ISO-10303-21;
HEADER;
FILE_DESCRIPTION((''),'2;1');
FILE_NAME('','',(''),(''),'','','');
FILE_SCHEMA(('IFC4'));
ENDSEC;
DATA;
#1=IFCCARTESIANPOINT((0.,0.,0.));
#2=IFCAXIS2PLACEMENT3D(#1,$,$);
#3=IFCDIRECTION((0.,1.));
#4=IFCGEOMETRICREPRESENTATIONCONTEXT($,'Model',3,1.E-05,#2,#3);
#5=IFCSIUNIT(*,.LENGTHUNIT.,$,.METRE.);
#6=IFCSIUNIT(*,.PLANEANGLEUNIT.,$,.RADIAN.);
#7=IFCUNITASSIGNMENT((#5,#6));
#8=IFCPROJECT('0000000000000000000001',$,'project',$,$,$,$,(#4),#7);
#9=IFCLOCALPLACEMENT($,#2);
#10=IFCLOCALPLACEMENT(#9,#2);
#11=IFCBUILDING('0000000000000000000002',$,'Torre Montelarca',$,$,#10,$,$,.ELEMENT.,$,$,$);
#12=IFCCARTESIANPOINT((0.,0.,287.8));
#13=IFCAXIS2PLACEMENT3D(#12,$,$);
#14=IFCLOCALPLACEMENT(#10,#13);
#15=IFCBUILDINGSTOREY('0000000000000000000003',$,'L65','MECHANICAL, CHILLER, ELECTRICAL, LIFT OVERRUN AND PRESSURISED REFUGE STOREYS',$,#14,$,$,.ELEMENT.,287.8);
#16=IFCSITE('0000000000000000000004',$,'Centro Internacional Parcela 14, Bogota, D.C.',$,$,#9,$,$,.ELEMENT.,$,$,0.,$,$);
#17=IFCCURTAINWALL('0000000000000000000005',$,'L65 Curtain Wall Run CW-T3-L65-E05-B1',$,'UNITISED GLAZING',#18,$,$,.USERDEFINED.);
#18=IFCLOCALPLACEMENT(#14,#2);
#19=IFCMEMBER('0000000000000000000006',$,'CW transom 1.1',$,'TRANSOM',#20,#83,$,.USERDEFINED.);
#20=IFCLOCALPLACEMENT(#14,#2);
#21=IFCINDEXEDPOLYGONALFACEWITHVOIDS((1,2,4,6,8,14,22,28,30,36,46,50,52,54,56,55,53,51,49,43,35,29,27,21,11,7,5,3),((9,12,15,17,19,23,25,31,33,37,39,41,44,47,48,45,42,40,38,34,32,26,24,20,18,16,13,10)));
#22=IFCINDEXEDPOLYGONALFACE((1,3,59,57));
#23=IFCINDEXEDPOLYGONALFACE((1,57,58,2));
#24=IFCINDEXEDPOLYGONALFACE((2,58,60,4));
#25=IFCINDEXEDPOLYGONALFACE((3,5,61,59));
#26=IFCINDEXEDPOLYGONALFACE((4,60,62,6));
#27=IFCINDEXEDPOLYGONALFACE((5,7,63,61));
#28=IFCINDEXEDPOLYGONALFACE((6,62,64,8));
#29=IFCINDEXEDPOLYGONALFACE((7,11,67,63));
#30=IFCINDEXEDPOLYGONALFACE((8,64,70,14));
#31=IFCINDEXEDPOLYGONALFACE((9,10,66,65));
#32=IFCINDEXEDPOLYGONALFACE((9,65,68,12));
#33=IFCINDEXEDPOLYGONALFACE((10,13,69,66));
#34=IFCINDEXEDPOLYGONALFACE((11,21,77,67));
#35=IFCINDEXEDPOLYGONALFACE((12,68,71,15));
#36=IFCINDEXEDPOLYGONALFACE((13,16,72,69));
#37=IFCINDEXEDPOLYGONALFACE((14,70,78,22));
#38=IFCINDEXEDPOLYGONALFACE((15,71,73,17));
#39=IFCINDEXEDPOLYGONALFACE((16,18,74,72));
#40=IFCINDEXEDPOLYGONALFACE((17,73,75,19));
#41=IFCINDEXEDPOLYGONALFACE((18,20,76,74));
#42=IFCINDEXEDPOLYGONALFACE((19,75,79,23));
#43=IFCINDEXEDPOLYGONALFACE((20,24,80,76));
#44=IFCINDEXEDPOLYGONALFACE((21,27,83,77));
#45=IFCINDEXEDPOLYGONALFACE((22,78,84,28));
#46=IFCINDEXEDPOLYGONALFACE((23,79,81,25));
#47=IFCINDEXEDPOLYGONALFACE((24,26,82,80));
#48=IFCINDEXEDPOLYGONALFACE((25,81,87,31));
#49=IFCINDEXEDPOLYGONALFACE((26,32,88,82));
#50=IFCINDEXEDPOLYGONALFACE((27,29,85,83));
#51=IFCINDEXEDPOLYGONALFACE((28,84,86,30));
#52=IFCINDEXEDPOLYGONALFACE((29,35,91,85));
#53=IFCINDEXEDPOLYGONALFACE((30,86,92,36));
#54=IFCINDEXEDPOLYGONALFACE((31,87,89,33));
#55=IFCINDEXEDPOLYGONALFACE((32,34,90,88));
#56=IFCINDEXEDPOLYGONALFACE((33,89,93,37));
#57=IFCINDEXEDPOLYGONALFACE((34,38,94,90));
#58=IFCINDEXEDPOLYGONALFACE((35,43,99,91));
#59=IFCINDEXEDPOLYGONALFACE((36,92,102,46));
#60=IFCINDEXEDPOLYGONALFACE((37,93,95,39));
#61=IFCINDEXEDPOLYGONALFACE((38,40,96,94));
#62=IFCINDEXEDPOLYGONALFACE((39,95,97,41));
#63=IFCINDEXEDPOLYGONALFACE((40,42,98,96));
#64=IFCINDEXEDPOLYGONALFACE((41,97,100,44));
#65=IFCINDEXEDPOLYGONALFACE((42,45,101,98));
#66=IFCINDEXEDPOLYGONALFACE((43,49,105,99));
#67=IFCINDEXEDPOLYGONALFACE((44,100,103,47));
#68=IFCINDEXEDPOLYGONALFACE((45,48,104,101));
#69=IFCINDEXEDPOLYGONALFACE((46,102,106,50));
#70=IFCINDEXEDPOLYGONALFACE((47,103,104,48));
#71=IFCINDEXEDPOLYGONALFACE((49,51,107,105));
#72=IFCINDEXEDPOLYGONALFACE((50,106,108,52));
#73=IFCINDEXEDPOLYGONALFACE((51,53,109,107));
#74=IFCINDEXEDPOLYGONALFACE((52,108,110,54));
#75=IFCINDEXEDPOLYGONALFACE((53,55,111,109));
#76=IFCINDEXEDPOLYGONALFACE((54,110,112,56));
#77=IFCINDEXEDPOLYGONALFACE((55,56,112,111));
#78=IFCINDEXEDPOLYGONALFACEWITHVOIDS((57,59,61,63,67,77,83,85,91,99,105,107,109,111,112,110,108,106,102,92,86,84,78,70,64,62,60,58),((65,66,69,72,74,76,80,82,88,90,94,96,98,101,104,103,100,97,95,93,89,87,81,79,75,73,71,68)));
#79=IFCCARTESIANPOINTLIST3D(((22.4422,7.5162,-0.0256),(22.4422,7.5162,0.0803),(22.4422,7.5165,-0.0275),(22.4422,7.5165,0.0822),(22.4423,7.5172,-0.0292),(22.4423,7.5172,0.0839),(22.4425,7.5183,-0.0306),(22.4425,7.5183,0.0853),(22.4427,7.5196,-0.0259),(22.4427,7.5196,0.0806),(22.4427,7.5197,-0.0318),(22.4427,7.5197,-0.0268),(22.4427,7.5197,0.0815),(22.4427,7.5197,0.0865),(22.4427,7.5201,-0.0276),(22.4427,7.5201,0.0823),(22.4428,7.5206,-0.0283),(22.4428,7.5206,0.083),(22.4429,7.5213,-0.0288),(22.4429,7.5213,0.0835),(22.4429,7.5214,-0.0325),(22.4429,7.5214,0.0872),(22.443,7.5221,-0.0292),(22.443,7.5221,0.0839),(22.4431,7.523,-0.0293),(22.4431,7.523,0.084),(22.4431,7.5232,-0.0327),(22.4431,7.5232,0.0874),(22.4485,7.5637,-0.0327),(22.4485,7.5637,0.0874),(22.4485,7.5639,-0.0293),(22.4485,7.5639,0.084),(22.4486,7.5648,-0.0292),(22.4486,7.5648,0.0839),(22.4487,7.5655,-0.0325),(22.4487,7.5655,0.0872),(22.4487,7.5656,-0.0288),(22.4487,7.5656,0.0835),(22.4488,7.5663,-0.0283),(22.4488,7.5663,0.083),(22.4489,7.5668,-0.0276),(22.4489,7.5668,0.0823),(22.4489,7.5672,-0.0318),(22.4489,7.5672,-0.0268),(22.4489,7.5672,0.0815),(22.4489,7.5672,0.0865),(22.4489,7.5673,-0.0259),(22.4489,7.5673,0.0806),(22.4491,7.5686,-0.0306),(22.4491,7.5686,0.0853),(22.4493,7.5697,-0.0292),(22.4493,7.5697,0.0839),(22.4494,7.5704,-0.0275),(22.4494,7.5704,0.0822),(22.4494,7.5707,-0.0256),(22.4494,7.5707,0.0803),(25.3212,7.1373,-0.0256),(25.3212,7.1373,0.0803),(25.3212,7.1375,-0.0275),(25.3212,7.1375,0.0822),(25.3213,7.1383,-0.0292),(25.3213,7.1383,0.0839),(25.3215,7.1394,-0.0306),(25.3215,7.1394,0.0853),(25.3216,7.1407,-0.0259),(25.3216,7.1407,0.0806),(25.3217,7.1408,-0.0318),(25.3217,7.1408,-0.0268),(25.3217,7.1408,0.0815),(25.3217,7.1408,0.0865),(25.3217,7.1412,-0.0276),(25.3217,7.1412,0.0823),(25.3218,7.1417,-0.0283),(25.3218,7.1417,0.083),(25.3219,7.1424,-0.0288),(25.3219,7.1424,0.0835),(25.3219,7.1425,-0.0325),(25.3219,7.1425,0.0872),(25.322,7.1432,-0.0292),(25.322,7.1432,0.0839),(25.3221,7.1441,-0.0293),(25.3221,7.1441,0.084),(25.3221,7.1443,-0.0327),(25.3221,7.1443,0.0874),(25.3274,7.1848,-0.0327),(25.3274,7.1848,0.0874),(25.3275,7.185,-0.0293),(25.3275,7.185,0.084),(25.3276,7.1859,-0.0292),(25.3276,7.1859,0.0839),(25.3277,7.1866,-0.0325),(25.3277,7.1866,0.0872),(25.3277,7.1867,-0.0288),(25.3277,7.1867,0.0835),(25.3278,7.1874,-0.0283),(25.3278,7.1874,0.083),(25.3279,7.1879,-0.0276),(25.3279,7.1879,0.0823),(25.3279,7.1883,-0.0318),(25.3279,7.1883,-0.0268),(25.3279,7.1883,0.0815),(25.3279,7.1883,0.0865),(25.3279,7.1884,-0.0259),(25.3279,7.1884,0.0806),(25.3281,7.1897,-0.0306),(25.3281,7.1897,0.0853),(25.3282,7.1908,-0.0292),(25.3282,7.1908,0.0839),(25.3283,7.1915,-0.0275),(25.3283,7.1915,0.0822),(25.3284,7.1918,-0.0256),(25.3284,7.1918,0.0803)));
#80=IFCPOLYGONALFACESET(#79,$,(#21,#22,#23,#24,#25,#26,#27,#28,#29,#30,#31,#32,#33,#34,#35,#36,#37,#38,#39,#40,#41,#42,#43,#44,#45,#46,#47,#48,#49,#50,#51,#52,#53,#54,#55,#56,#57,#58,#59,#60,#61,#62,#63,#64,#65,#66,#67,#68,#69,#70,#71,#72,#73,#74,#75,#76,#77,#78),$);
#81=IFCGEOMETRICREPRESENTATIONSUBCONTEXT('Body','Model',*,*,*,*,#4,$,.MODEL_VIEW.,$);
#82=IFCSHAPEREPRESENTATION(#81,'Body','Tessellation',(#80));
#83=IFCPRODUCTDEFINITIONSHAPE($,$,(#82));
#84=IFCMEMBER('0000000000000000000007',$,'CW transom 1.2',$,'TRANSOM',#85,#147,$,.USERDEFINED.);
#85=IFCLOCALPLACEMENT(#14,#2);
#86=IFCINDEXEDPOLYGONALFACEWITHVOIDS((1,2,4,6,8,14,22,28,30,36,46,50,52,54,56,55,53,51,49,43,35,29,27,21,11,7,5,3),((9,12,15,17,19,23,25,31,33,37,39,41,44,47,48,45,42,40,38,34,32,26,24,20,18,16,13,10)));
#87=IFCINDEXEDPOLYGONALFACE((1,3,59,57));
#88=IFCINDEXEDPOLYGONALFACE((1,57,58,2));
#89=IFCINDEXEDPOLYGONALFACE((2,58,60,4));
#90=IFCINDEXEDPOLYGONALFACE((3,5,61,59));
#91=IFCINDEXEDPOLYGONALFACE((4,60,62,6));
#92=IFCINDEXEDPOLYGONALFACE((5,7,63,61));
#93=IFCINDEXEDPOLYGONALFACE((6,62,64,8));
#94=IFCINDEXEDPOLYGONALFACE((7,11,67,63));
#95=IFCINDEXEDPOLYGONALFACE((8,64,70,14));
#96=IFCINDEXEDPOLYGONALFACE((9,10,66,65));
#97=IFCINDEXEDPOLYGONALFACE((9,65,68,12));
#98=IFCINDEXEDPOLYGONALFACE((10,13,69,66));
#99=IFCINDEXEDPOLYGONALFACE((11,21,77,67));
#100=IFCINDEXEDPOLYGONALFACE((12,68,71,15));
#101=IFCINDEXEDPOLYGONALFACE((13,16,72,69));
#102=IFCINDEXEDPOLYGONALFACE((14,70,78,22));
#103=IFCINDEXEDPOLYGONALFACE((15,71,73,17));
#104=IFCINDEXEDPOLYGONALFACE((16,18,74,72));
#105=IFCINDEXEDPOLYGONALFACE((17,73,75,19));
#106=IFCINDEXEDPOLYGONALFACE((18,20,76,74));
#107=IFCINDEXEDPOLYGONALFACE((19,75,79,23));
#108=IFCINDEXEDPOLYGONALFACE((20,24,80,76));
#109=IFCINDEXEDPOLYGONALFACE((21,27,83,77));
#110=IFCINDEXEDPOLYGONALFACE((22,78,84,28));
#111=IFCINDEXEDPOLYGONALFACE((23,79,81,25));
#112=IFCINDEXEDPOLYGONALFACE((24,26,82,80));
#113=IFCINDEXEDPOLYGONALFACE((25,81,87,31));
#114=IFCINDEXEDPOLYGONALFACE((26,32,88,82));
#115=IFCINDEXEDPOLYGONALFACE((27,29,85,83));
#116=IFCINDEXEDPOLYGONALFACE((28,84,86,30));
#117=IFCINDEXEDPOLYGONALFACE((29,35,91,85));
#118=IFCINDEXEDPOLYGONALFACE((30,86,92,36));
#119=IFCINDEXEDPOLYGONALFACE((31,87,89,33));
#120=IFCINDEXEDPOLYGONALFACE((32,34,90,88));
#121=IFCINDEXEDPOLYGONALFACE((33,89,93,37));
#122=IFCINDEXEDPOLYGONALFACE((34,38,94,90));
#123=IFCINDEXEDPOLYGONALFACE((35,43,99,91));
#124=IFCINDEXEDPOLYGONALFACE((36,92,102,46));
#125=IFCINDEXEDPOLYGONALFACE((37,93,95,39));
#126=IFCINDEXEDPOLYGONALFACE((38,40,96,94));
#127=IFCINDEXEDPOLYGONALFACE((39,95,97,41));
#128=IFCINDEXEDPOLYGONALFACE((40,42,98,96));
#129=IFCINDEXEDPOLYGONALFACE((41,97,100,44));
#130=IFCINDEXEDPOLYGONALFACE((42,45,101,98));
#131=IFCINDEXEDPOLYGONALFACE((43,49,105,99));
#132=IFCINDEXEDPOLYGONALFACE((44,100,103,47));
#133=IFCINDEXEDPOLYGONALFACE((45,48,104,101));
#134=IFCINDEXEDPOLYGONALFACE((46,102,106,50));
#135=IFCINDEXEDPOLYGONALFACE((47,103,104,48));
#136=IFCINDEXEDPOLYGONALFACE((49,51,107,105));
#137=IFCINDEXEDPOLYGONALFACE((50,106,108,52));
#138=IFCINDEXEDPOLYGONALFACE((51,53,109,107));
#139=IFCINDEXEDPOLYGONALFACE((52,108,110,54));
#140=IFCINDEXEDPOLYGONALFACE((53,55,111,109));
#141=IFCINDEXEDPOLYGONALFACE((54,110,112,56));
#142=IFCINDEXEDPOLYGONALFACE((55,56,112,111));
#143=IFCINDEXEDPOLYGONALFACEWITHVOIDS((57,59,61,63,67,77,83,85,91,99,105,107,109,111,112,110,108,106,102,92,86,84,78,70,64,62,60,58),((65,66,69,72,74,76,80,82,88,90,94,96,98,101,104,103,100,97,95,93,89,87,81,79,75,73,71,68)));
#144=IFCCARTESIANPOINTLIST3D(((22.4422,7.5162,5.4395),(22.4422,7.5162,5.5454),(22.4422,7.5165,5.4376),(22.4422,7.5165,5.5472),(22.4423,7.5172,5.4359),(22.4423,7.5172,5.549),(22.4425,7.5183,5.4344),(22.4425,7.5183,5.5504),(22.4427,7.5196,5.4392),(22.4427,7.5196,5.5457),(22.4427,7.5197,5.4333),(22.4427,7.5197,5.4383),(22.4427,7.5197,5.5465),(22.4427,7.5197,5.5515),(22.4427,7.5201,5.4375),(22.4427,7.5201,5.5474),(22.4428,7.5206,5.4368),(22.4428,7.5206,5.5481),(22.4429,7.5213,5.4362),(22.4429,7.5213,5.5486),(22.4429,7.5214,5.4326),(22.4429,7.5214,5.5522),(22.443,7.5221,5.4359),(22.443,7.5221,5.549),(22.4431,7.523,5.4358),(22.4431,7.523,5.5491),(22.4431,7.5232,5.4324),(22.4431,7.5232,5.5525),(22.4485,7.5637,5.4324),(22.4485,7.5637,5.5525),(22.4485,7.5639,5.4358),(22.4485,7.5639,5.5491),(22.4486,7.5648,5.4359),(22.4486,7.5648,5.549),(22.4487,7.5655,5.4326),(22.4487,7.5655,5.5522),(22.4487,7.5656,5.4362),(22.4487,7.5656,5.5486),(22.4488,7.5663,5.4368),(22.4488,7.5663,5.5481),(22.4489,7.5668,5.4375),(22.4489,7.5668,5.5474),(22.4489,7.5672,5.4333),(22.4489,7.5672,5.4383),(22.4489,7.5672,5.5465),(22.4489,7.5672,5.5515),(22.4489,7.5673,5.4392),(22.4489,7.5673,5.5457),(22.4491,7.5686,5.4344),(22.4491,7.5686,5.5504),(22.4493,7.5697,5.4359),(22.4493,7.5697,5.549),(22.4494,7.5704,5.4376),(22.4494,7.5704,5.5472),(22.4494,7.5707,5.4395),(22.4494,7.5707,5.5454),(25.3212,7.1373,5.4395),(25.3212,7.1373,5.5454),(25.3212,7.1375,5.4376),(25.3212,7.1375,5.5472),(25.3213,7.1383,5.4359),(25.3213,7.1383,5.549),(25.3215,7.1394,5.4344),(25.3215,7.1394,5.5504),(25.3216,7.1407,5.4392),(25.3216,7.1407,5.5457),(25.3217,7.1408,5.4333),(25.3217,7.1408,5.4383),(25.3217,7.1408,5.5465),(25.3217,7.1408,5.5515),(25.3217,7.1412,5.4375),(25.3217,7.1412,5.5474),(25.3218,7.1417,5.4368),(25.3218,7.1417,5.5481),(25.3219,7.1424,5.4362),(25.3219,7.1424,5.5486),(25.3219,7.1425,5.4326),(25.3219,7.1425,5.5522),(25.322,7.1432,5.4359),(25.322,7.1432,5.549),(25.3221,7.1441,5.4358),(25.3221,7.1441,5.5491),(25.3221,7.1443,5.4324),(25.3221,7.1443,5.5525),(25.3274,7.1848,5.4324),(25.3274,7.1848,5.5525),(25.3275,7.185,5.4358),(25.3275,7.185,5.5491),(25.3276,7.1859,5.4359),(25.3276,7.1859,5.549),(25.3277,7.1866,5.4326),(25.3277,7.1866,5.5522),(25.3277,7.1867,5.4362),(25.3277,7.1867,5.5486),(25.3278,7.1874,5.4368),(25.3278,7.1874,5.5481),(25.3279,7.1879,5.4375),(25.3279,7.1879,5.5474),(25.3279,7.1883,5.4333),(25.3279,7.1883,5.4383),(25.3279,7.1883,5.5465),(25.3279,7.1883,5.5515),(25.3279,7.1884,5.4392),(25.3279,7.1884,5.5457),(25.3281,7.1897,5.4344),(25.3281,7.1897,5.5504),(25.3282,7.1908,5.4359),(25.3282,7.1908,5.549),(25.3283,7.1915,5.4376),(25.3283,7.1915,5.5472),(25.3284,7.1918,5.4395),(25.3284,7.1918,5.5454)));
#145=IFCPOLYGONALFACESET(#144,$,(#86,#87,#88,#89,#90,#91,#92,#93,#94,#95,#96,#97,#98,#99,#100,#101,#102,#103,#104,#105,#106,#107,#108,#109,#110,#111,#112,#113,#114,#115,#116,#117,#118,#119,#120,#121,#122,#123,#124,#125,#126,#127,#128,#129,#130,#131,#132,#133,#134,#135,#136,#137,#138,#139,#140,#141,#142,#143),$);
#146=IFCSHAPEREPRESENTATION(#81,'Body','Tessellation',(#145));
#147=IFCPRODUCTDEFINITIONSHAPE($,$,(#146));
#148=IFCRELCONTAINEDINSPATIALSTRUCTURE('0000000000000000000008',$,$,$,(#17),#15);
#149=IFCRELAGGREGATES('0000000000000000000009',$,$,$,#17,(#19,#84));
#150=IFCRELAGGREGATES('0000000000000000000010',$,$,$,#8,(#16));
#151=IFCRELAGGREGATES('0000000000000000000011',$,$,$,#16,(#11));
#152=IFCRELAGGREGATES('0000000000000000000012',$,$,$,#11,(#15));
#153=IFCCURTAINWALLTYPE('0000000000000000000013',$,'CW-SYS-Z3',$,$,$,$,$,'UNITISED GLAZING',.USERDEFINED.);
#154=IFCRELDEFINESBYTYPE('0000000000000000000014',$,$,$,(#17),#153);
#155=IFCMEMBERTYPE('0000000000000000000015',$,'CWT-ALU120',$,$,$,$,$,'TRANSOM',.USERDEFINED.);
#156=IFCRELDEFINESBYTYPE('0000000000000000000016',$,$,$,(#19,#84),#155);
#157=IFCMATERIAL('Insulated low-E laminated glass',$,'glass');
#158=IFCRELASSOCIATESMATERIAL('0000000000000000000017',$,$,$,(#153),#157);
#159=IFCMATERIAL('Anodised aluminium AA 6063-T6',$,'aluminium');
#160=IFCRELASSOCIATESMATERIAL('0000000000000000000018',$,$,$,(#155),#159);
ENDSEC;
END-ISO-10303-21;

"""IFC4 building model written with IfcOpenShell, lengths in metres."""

from ifc_helpers import new_model, si_unit, direction, frame, origin, origin_2d, place, context, subcontext, project, spatial, hollow_rectangle, extrude, source, transform, mapped, material, material_profile, profile_set, type_object, element, aggregate, save


model = new_model("IFC4")

# Units and contexts
model_context = context("Model", 3, precision=1e-05, world=origin(), true_north=direction((0.0, 1.0)))
body_context = subcontext(model_context, "Body", "Model", "MODEL_VIEW")
ifc_project = project(units=[si_unit("LENGTHUNIT", "METRE"), si_unit("PLANEANGLEUNIT", "RADIAN")], contexts=[model_context])

# Site, building, storey
site_placement = place(None, origin())
site = spatial("IfcSite", under=ifc_project, at=site_placement, Name="Centro Internacional Parcela 14, Bogota, D.C.", CompositionType="ELEMENT", RefElevation=0.0)
building_placement = place(site_placement, origin())
building = spatial("IfcBuilding", under=site, at=building_placement, Name="Torre Montelarca", CompositionType="ELEMENT")
storey_placement = place(building_placement, frame((0.0, 0.0, 287.8)))
storey = spatial("IfcBuildingStorey", under=building, at=storey_placement, Name="L65", Description="MECHANICAL, CHILLER, ELECTRICAL, LIFT OVERRUN AND PRESSURISED REFUGE STOREYS", CompositionType="ELEMENT", Elevation=287.8)

# Shared definitions
ifc_material_1 = material(Name="Insulated low-E laminated glass", Category="glass")
curtain_wall_type = type_object("IfcCurtainWallType", Name="CW-SYS-Z3", ElementType="UNITISED GLAZING", PredefinedType="USERDEFINED", material=ifc_material_1)
ifc_material_2 = material(Name="Anodised aluminium AA 6063-T6", Category="aluminium")
ifc_material_profile_1 = material_profile(ifc_material_2, hollow_rectangle(XDim=0.0549, YDim=0.1201, WallThickness=0.0034, InnerFilletRadius=0.0034, OuterFilletRadius=0.0071, at=origin_2d()), Name="ALU55X120X3.5", Category="aluminium")
ifc_profile_set_1 = profile_set([ifc_material_profile_1], Name="Anodised aluminium AA 6063-T6")
member_type_1 = type_object("IfcMemberType", Name="CWT-ALU120", ElementType="TRANSOM", PredefinedType="USERDEFINED", material=ifc_profile_set_1)

# Curtain wall, members
curtain_wall_1_placement = place(storey_placement, origin())
curtain_wall_1 = element("IfcCurtainWall", 1, at=curtain_wall_1_placement, inside=storey, type_object=curtain_wall_type, Name="L65 Curtain Wall Run CW-T3-L65-E05-B1", ObjectType="UNITISED GLAZING", PredefinedType="USERDEFINED")
shared_shape_1 = source(origin(), body_context, "Body", "SweptSolid", [
    extrude(hollow_rectangle(XDim=0.0549, YDim=0.1201, WallThickness=0.0034, InnerFilletRadius=0.0034, OuterFilletRadius=0.0071, at=origin_2d()), origin(), (0.0, 0.0, 1.0), 2.9038),
])
member_1_placement = place(storey_placement, frame((22.4458, 7.5435, 0.0273), z_axis=(0.99145, -0.130489, 0.0), x_axis=(0.130489, 0.99145, 0.0)))
member_1 = element("IfcMember", 2, at=member_1_placement, type_object=member_type_1, Name="CW transom 1.1", ObjectType="TRANSOM", PredefinedType="USERDEFINED", context=body_context, shape_type="MappedRepresentation", body=[
    mapped(shared_shape_1, transform((0.0, 0.0, 0.0), scale=1.0)),
])
member_2_placement = place(storey_placement, frame((22.4458, 7.5435, 5.4924), z_axis=(0.99145, -0.130489, 0.0), x_axis=(0.130489, 0.99145, 0.0)))
member_2 = element("IfcMember", 3, at=member_2_placement, type_object=member_type_1, Name="CW transom 1.2", ObjectType="TRANSOM", PredefinedType="USERDEFINED", context=body_context, shape_type="MappedRepresentation", body=[
    mapped(shared_shape_1, transform((0.0, 0.0, 0.0), scale=1.0)),
])

aggregate(curtain_wall_1, [member_1, member_2])

save(model, "model.ifc")
